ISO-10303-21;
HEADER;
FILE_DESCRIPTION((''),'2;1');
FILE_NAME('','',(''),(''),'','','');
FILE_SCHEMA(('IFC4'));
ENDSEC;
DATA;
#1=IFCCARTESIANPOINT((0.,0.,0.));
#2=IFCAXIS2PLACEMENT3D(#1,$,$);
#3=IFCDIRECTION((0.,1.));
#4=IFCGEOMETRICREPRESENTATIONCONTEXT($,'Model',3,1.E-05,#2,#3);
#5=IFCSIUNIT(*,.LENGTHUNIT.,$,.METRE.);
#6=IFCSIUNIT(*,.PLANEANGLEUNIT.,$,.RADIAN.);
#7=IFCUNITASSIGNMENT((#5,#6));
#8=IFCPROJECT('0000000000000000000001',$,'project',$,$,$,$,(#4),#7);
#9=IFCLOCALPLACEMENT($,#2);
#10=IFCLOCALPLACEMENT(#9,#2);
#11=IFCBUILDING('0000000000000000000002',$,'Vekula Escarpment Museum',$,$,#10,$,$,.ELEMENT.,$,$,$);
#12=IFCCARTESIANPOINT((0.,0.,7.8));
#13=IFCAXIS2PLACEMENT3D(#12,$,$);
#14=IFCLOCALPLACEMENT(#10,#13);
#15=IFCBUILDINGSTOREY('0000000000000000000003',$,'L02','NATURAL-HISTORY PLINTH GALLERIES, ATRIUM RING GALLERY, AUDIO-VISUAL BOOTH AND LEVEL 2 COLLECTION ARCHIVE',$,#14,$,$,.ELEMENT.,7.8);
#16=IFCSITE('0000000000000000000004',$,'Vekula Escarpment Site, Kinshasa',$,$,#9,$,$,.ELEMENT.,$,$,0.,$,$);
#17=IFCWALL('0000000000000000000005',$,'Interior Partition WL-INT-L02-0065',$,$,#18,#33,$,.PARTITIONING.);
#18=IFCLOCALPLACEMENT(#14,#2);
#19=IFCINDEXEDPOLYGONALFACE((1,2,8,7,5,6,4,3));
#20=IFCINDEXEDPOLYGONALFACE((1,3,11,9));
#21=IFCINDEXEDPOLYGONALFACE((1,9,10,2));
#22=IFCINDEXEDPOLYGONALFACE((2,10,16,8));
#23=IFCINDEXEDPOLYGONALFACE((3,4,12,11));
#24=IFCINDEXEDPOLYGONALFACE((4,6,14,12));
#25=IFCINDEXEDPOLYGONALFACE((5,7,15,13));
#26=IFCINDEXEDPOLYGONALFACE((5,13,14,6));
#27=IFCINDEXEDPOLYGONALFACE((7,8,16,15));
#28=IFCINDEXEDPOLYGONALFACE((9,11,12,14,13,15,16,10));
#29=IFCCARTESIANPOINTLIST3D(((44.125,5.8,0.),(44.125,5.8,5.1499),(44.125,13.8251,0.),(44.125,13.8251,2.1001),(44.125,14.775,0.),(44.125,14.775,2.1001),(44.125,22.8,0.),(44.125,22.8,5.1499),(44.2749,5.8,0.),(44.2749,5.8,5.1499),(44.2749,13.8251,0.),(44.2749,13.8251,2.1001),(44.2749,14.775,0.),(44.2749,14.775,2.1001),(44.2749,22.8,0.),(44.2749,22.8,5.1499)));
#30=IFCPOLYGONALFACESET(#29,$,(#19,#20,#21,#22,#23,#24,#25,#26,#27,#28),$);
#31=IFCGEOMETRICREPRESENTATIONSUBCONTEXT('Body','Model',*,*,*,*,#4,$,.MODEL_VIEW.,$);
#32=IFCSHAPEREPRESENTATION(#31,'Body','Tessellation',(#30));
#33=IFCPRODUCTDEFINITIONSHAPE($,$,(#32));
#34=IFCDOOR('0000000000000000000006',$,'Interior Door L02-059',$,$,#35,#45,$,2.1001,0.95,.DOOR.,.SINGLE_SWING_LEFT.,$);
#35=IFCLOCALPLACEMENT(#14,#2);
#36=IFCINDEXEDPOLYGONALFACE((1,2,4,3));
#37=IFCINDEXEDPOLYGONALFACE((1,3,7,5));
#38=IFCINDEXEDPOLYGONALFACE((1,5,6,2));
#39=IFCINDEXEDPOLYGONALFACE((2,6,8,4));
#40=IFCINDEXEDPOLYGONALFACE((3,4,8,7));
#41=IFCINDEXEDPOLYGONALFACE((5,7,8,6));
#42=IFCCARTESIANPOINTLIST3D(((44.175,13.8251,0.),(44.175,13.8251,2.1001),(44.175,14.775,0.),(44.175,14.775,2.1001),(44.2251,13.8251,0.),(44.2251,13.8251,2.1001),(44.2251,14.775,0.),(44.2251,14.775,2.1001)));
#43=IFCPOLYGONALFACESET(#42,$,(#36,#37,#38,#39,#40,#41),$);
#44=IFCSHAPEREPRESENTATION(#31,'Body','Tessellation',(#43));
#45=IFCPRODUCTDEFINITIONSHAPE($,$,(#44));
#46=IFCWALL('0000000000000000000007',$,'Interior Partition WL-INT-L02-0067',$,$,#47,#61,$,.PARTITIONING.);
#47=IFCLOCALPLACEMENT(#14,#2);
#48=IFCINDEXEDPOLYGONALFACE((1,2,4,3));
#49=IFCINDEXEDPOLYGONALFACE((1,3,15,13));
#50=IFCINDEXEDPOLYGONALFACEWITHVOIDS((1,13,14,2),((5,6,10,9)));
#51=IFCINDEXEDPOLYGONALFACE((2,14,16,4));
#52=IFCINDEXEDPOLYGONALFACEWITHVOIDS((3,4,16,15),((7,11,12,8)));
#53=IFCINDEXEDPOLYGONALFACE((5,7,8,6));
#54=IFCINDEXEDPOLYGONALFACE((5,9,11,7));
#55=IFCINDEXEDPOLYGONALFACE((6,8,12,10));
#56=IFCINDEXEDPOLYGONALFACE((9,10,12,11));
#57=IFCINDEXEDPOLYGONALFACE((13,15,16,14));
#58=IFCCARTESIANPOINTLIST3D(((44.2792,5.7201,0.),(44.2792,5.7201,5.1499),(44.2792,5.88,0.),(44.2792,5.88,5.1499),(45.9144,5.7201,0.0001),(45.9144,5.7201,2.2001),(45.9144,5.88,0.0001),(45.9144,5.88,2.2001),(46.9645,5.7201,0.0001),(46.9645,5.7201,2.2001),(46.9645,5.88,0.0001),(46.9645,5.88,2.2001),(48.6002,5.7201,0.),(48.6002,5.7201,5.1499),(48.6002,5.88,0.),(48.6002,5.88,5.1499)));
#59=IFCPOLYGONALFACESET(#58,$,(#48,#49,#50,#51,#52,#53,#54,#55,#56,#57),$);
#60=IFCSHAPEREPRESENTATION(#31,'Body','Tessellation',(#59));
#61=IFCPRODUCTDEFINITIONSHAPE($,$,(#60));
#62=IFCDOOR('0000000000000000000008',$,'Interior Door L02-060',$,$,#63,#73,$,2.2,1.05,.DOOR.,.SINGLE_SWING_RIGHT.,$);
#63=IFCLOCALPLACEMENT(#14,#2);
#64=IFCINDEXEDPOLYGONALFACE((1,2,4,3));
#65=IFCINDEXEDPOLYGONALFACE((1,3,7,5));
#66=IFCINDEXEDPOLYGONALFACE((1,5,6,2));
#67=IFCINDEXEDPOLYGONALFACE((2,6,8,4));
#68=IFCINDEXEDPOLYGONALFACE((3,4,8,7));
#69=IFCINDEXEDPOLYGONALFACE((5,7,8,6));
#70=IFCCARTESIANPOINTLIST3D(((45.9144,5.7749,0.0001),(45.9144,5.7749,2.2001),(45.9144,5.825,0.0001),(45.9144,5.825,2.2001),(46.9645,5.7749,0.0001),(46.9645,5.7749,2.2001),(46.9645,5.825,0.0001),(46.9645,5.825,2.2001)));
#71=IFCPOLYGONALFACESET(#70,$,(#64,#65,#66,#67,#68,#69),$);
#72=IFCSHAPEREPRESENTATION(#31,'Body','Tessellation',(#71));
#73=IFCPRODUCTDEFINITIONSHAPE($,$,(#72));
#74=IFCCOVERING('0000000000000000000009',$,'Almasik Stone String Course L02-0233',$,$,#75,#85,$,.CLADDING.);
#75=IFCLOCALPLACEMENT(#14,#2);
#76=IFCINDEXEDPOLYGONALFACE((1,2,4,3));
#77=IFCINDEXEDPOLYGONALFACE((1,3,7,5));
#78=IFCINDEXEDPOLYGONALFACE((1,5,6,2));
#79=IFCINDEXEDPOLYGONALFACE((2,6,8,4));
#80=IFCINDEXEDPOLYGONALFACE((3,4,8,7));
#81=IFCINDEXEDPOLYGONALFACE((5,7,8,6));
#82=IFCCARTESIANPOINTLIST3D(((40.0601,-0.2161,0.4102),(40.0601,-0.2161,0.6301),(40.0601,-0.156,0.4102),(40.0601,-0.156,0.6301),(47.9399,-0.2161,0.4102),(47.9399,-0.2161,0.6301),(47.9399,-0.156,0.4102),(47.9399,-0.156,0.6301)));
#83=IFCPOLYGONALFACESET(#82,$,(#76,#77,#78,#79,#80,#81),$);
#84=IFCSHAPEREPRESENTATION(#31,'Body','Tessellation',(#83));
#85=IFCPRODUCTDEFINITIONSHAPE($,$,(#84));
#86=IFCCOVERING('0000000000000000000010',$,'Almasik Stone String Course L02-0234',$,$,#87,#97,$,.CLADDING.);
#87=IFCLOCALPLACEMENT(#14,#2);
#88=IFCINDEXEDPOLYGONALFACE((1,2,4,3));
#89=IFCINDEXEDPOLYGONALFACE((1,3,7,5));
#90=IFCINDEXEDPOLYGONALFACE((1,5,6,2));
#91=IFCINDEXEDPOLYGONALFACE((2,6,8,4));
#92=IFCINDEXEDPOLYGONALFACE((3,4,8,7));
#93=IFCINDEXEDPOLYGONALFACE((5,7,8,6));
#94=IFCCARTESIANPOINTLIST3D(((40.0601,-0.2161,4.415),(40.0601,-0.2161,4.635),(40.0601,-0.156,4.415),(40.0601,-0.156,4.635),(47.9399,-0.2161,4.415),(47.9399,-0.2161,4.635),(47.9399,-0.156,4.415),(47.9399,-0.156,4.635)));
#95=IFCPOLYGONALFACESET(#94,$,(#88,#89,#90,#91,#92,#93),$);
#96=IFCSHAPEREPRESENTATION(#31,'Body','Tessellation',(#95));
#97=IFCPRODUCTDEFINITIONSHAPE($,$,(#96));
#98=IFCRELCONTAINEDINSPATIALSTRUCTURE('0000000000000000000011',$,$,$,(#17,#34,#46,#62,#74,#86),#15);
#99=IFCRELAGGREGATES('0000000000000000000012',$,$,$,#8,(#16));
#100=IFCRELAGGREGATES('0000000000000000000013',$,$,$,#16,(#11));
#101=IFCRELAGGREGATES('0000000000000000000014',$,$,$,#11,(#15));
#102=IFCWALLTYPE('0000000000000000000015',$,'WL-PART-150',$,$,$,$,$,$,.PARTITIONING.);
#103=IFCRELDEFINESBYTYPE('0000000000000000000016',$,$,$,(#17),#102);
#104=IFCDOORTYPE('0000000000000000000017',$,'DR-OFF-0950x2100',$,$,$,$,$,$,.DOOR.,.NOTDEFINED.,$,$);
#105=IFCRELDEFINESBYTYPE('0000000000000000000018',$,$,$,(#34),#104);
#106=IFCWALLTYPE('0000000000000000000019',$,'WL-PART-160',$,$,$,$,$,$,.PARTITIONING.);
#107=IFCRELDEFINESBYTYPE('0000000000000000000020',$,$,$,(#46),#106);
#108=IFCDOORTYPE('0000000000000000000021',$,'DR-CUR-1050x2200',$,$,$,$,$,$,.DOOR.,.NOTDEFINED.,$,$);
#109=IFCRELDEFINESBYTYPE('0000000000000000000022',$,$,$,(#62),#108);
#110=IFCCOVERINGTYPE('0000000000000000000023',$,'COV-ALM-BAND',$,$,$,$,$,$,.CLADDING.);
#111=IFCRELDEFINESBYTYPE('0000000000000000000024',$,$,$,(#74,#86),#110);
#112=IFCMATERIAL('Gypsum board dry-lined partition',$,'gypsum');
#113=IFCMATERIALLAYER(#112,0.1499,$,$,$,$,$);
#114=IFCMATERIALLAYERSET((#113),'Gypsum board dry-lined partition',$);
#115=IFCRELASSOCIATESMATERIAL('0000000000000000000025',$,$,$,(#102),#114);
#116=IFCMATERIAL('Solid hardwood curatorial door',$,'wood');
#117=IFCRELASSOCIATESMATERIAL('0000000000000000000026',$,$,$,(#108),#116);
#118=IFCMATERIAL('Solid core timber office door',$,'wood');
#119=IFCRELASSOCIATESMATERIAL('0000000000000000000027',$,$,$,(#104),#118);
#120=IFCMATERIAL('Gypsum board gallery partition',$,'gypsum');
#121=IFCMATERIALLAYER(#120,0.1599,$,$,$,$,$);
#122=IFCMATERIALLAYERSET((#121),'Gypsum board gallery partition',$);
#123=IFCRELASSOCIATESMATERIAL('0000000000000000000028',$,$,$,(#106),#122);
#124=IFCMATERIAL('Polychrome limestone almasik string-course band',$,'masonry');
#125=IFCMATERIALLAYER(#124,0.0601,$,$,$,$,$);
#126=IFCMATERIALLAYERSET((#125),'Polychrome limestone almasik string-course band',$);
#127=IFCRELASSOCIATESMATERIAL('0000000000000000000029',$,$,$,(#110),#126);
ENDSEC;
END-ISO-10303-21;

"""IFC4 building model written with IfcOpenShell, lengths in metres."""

from ifc_helpers import new_model, si_unit, direction, frame, frame_2d, origin, origin_2d, place, context, subcontext, project, spatial, rectangle, extrude, material, layer, layer_set, type_object, element, fill, save


model = new_model("IFC4")

# Units and contexts
model_context = context("Model", 3, precision=1e-05, world=origin(), true_north=direction((0.0, 1.0)))
body_context = subcontext(model_context, "Body", "Model", "MODEL_VIEW")
ifc_project = project(units=[si_unit("LENGTHUNIT", "METRE"), si_unit("PLANEANGLEUNIT", "RADIAN")], contexts=[model_context])

# Site, building, storey
site_placement = place(None, origin())
site = spatial("IfcSite", under=ifc_project, at=site_placement, Name="Vekula Escarpment Site, Kinshasa", CompositionType="ELEMENT", RefElevation=0.0)
building_placement = place(site_placement, origin())
building = spatial("IfcBuilding", under=site, at=building_placement, Name="Vekula Escarpment Museum", CompositionType="ELEMENT")
storey_placement = place(building_placement, frame((0.0, 0.0, 7.8)))
storey = spatial("IfcBuildingStorey", under=building, at=storey_placement, Name="L02", Description="NATURAL-HISTORY PLINTH GALLERIES, ATRIUM RING GALLERY, AUDIO-VISUAL BOOTH AND LEVEL 2 COLLECTION ARCHIVE", CompositionType="ELEMENT", Elevation=7.8)

# Walls, openings, doors
ifc_material_1 = material(Name="Gypsum board dry-lined partition", Category="gypsum")
ifc_layer_1 = layer(ifc_material_1, 0.1499)
ifc_layer_set_1 = layer_set([ifc_layer_1], Name="Gypsum board dry-lined partition")
wall_type_1 = type_object("IfcWallType", Name="WL-PART-150", PredefinedType="PARTITIONING", material=ifc_layer_set_1)
ifc_material_2 = material(Name="Solid hardwood curatorial door", Category="wood")
door_type_1 = type_object("IfcDoorType", Name="DR-CUR-1050x2200", OperationType="NOTDEFINED", PredefinedType="DOOR", material=ifc_material_2)
wall_1_placement = place(storey_placement, frame((44.2, 5.8, 0.0), z_axis=(0.0, 0.0, 1.0), x_axis=(0.0, 1.0, 0.0)))
wall_1 = element("IfcWall", 1, at=wall_1_placement, inside=storey, type_object=wall_type_1, Name="Interior Partition WL-INT-L02-0065", PredefinedType="PARTITIONING", context=body_context, shape_type="SweptSolid", body=[
    extrude(rectangle(XDim=17.0, YDim=0.1499, at=frame_2d((8.5, 0.0))), origin(), (0.0, 0.0, 1.0), 5.1499),
])
opening_1_placement = place(wall_1_placement, frame((8.0249, 0.0, 0.0)))
opening_1 = element("IfcOpeningElement", 2, at=opening_1_placement, cuts=wall_1, PredefinedType="OPENING", context=body_context, shape_type="SweptSolid", body=[
    extrude(rectangle(XDim=0.95, YDim=2.1001, at=frame_2d((0.4751, 1.05))), frame((0.0, 0.085, 0.0), z_axis=(0.0, -1.0, 0.0), x_axis=(1.0, 0.0, 0.0)), (0.0, 0.0, 1.0), 0.1699),
])
ifc_material_3 = material(Name="Solid core timber office door", Category="wood")
door_type_2 = type_object("IfcDoorType", Name="DR-OFF-0950x2100", OperationType="NOTDEFINED", PredefinedType="DOOR", material=ifc_material_3)
door_1_placement = place(opening_1_placement, origin())
door_1 = element("IfcDoor", 3, at=door_1_placement, inside=storey, type_object=door_type_2, Name="Interior Door L02-059", OperationType="SINGLE_SWING_LEFT", OverallHeight=2.1001, OverallWidth=0.95, PredefinedType="DOOR", context=body_context, shape_type="SweptSolid", body=[
    extrude(rectangle(XDim=0.95, YDim=2.1001, at=frame_2d((0.4751, 1.05))), frame((0.0, 0.0249, 0.0), z_axis=(0.0, -1.0, 0.0), x_axis=(1.0, 0.0, 0.0)), (0.0, 0.0, 1.0), 0.05),
])
fill(opening_1, door_1)
ifc_material_4 = material(Name="Gypsum board gallery partition", Category="gypsum")
ifc_layer_2 = layer(ifc_material_4, 0.1599)
ifc_layer_set_2 = layer_set([ifc_layer_2], Name="Gypsum board gallery partition")
wall_type_2 = type_object("IfcWallType", Name="WL-PART-160", PredefinedType="PARTITIONING", material=ifc_layer_set_2)
wall_2_placement = place(storey_placement, frame((44.2791, 5.8, 0.0), z_axis=(0.0, 0.0, 1.0), x_axis=(1.0, 0.0, 0.0)))
wall_2 = element("IfcWall", 4, at=wall_2_placement, inside=storey, type_object=wall_type_2, Name="Interior Partition WL-INT-L02-0067", PredefinedType="PARTITIONING", context=body_context, shape_type="SweptSolid", body=[
    extrude(rectangle(XDim=4.321, YDim=0.1599, at=frame_2d((2.1606, 0.0))), origin(), (0.0, 0.0, 1.0), 5.1499),
])
opening_2_placement = place(wall_2_placement, frame((1.6355, 0.0, 0.0)))
opening_2 = element("IfcOpeningElement", 5, at=opening_2_placement, cuts=wall_2, PredefinedType="OPENING", context=body_context, shape_type="SweptSolid", body=[
    extrude(rectangle(XDim=1.05, YDim=2.2, at=frame_2d((0.5249, 1.1001))), frame((0.0, 0.0898, 0.0), z_axis=(0.0, -1.0, 0.0), x_axis=(1.0, 0.0, 0.0)), (0.0, 0.0, 1.0), 0.1799),
])
door_2_placement = place(opening_2_placement, origin())
door_2 = element("IfcDoor", 6, at=door_2_placement, inside=storey, type_object=door_type_1, Name="Interior Door L02-060", OperationType="SINGLE_SWING_RIGHT", OverallHeight=2.2, OverallWidth=1.05, PredefinedType="DOOR", context=body_context, shape_type="SweptSolid", body=[
    extrude(rectangle(XDim=1.05, YDim=2.2, at=frame_2d((0.5249, 1.1001))), frame((0.0, 0.0249, 0.0), z_axis=(0.0, -1.0, 0.0), x_axis=(1.0, 0.0, 0.0)), (0.0, 0.0, 1.0), 0.05),
])
fill(opening_2, door_2)

# Coverings
ifc_material_5 = material(Name="Polychrome limestone almasik string-course band", Category="masonry")
ifc_layer_3 = layer(ifc_material_5, 0.0601)
ifc_layer_set_3 = layer_set([ifc_layer_3], Name="Polychrome limestone almasik string-course band")
covering_type = type_object("IfcCoveringType", Name="COV-ALM-BAND", PredefinedType="CLADDING", material=ifc_layer_set_3)
for number, where, z_axis, x_axis, name in (
    (7, (44.0, -0.186, 0.4102), (0.0, 0.0, 1.0), (1.0, 0.0, 0.0), "Almasik Stone String Course L02-0233"),
    (8, (44.0, -0.186, 4.415), (0.0, 0.0, 1.0), (1.0, 0.0, 0.0), "Almasik Stone String Course L02-0234"),
):
    element("IfcCovering", number, at=place(storey_placement, frame(where, z_axis=z_axis, x_axis=x_axis)), inside=storey, type_object=covering_type, Name=name, PredefinedType="CLADDING", context=body_context, shape_type="SweptSolid", body=[
        extrude(rectangle(XDim=7.8799, YDim=0.0601, at=origin_2d()), origin(), (0.0, 0.0, 1.0), 0.22),
    ])

save(model, "model.ifc")
